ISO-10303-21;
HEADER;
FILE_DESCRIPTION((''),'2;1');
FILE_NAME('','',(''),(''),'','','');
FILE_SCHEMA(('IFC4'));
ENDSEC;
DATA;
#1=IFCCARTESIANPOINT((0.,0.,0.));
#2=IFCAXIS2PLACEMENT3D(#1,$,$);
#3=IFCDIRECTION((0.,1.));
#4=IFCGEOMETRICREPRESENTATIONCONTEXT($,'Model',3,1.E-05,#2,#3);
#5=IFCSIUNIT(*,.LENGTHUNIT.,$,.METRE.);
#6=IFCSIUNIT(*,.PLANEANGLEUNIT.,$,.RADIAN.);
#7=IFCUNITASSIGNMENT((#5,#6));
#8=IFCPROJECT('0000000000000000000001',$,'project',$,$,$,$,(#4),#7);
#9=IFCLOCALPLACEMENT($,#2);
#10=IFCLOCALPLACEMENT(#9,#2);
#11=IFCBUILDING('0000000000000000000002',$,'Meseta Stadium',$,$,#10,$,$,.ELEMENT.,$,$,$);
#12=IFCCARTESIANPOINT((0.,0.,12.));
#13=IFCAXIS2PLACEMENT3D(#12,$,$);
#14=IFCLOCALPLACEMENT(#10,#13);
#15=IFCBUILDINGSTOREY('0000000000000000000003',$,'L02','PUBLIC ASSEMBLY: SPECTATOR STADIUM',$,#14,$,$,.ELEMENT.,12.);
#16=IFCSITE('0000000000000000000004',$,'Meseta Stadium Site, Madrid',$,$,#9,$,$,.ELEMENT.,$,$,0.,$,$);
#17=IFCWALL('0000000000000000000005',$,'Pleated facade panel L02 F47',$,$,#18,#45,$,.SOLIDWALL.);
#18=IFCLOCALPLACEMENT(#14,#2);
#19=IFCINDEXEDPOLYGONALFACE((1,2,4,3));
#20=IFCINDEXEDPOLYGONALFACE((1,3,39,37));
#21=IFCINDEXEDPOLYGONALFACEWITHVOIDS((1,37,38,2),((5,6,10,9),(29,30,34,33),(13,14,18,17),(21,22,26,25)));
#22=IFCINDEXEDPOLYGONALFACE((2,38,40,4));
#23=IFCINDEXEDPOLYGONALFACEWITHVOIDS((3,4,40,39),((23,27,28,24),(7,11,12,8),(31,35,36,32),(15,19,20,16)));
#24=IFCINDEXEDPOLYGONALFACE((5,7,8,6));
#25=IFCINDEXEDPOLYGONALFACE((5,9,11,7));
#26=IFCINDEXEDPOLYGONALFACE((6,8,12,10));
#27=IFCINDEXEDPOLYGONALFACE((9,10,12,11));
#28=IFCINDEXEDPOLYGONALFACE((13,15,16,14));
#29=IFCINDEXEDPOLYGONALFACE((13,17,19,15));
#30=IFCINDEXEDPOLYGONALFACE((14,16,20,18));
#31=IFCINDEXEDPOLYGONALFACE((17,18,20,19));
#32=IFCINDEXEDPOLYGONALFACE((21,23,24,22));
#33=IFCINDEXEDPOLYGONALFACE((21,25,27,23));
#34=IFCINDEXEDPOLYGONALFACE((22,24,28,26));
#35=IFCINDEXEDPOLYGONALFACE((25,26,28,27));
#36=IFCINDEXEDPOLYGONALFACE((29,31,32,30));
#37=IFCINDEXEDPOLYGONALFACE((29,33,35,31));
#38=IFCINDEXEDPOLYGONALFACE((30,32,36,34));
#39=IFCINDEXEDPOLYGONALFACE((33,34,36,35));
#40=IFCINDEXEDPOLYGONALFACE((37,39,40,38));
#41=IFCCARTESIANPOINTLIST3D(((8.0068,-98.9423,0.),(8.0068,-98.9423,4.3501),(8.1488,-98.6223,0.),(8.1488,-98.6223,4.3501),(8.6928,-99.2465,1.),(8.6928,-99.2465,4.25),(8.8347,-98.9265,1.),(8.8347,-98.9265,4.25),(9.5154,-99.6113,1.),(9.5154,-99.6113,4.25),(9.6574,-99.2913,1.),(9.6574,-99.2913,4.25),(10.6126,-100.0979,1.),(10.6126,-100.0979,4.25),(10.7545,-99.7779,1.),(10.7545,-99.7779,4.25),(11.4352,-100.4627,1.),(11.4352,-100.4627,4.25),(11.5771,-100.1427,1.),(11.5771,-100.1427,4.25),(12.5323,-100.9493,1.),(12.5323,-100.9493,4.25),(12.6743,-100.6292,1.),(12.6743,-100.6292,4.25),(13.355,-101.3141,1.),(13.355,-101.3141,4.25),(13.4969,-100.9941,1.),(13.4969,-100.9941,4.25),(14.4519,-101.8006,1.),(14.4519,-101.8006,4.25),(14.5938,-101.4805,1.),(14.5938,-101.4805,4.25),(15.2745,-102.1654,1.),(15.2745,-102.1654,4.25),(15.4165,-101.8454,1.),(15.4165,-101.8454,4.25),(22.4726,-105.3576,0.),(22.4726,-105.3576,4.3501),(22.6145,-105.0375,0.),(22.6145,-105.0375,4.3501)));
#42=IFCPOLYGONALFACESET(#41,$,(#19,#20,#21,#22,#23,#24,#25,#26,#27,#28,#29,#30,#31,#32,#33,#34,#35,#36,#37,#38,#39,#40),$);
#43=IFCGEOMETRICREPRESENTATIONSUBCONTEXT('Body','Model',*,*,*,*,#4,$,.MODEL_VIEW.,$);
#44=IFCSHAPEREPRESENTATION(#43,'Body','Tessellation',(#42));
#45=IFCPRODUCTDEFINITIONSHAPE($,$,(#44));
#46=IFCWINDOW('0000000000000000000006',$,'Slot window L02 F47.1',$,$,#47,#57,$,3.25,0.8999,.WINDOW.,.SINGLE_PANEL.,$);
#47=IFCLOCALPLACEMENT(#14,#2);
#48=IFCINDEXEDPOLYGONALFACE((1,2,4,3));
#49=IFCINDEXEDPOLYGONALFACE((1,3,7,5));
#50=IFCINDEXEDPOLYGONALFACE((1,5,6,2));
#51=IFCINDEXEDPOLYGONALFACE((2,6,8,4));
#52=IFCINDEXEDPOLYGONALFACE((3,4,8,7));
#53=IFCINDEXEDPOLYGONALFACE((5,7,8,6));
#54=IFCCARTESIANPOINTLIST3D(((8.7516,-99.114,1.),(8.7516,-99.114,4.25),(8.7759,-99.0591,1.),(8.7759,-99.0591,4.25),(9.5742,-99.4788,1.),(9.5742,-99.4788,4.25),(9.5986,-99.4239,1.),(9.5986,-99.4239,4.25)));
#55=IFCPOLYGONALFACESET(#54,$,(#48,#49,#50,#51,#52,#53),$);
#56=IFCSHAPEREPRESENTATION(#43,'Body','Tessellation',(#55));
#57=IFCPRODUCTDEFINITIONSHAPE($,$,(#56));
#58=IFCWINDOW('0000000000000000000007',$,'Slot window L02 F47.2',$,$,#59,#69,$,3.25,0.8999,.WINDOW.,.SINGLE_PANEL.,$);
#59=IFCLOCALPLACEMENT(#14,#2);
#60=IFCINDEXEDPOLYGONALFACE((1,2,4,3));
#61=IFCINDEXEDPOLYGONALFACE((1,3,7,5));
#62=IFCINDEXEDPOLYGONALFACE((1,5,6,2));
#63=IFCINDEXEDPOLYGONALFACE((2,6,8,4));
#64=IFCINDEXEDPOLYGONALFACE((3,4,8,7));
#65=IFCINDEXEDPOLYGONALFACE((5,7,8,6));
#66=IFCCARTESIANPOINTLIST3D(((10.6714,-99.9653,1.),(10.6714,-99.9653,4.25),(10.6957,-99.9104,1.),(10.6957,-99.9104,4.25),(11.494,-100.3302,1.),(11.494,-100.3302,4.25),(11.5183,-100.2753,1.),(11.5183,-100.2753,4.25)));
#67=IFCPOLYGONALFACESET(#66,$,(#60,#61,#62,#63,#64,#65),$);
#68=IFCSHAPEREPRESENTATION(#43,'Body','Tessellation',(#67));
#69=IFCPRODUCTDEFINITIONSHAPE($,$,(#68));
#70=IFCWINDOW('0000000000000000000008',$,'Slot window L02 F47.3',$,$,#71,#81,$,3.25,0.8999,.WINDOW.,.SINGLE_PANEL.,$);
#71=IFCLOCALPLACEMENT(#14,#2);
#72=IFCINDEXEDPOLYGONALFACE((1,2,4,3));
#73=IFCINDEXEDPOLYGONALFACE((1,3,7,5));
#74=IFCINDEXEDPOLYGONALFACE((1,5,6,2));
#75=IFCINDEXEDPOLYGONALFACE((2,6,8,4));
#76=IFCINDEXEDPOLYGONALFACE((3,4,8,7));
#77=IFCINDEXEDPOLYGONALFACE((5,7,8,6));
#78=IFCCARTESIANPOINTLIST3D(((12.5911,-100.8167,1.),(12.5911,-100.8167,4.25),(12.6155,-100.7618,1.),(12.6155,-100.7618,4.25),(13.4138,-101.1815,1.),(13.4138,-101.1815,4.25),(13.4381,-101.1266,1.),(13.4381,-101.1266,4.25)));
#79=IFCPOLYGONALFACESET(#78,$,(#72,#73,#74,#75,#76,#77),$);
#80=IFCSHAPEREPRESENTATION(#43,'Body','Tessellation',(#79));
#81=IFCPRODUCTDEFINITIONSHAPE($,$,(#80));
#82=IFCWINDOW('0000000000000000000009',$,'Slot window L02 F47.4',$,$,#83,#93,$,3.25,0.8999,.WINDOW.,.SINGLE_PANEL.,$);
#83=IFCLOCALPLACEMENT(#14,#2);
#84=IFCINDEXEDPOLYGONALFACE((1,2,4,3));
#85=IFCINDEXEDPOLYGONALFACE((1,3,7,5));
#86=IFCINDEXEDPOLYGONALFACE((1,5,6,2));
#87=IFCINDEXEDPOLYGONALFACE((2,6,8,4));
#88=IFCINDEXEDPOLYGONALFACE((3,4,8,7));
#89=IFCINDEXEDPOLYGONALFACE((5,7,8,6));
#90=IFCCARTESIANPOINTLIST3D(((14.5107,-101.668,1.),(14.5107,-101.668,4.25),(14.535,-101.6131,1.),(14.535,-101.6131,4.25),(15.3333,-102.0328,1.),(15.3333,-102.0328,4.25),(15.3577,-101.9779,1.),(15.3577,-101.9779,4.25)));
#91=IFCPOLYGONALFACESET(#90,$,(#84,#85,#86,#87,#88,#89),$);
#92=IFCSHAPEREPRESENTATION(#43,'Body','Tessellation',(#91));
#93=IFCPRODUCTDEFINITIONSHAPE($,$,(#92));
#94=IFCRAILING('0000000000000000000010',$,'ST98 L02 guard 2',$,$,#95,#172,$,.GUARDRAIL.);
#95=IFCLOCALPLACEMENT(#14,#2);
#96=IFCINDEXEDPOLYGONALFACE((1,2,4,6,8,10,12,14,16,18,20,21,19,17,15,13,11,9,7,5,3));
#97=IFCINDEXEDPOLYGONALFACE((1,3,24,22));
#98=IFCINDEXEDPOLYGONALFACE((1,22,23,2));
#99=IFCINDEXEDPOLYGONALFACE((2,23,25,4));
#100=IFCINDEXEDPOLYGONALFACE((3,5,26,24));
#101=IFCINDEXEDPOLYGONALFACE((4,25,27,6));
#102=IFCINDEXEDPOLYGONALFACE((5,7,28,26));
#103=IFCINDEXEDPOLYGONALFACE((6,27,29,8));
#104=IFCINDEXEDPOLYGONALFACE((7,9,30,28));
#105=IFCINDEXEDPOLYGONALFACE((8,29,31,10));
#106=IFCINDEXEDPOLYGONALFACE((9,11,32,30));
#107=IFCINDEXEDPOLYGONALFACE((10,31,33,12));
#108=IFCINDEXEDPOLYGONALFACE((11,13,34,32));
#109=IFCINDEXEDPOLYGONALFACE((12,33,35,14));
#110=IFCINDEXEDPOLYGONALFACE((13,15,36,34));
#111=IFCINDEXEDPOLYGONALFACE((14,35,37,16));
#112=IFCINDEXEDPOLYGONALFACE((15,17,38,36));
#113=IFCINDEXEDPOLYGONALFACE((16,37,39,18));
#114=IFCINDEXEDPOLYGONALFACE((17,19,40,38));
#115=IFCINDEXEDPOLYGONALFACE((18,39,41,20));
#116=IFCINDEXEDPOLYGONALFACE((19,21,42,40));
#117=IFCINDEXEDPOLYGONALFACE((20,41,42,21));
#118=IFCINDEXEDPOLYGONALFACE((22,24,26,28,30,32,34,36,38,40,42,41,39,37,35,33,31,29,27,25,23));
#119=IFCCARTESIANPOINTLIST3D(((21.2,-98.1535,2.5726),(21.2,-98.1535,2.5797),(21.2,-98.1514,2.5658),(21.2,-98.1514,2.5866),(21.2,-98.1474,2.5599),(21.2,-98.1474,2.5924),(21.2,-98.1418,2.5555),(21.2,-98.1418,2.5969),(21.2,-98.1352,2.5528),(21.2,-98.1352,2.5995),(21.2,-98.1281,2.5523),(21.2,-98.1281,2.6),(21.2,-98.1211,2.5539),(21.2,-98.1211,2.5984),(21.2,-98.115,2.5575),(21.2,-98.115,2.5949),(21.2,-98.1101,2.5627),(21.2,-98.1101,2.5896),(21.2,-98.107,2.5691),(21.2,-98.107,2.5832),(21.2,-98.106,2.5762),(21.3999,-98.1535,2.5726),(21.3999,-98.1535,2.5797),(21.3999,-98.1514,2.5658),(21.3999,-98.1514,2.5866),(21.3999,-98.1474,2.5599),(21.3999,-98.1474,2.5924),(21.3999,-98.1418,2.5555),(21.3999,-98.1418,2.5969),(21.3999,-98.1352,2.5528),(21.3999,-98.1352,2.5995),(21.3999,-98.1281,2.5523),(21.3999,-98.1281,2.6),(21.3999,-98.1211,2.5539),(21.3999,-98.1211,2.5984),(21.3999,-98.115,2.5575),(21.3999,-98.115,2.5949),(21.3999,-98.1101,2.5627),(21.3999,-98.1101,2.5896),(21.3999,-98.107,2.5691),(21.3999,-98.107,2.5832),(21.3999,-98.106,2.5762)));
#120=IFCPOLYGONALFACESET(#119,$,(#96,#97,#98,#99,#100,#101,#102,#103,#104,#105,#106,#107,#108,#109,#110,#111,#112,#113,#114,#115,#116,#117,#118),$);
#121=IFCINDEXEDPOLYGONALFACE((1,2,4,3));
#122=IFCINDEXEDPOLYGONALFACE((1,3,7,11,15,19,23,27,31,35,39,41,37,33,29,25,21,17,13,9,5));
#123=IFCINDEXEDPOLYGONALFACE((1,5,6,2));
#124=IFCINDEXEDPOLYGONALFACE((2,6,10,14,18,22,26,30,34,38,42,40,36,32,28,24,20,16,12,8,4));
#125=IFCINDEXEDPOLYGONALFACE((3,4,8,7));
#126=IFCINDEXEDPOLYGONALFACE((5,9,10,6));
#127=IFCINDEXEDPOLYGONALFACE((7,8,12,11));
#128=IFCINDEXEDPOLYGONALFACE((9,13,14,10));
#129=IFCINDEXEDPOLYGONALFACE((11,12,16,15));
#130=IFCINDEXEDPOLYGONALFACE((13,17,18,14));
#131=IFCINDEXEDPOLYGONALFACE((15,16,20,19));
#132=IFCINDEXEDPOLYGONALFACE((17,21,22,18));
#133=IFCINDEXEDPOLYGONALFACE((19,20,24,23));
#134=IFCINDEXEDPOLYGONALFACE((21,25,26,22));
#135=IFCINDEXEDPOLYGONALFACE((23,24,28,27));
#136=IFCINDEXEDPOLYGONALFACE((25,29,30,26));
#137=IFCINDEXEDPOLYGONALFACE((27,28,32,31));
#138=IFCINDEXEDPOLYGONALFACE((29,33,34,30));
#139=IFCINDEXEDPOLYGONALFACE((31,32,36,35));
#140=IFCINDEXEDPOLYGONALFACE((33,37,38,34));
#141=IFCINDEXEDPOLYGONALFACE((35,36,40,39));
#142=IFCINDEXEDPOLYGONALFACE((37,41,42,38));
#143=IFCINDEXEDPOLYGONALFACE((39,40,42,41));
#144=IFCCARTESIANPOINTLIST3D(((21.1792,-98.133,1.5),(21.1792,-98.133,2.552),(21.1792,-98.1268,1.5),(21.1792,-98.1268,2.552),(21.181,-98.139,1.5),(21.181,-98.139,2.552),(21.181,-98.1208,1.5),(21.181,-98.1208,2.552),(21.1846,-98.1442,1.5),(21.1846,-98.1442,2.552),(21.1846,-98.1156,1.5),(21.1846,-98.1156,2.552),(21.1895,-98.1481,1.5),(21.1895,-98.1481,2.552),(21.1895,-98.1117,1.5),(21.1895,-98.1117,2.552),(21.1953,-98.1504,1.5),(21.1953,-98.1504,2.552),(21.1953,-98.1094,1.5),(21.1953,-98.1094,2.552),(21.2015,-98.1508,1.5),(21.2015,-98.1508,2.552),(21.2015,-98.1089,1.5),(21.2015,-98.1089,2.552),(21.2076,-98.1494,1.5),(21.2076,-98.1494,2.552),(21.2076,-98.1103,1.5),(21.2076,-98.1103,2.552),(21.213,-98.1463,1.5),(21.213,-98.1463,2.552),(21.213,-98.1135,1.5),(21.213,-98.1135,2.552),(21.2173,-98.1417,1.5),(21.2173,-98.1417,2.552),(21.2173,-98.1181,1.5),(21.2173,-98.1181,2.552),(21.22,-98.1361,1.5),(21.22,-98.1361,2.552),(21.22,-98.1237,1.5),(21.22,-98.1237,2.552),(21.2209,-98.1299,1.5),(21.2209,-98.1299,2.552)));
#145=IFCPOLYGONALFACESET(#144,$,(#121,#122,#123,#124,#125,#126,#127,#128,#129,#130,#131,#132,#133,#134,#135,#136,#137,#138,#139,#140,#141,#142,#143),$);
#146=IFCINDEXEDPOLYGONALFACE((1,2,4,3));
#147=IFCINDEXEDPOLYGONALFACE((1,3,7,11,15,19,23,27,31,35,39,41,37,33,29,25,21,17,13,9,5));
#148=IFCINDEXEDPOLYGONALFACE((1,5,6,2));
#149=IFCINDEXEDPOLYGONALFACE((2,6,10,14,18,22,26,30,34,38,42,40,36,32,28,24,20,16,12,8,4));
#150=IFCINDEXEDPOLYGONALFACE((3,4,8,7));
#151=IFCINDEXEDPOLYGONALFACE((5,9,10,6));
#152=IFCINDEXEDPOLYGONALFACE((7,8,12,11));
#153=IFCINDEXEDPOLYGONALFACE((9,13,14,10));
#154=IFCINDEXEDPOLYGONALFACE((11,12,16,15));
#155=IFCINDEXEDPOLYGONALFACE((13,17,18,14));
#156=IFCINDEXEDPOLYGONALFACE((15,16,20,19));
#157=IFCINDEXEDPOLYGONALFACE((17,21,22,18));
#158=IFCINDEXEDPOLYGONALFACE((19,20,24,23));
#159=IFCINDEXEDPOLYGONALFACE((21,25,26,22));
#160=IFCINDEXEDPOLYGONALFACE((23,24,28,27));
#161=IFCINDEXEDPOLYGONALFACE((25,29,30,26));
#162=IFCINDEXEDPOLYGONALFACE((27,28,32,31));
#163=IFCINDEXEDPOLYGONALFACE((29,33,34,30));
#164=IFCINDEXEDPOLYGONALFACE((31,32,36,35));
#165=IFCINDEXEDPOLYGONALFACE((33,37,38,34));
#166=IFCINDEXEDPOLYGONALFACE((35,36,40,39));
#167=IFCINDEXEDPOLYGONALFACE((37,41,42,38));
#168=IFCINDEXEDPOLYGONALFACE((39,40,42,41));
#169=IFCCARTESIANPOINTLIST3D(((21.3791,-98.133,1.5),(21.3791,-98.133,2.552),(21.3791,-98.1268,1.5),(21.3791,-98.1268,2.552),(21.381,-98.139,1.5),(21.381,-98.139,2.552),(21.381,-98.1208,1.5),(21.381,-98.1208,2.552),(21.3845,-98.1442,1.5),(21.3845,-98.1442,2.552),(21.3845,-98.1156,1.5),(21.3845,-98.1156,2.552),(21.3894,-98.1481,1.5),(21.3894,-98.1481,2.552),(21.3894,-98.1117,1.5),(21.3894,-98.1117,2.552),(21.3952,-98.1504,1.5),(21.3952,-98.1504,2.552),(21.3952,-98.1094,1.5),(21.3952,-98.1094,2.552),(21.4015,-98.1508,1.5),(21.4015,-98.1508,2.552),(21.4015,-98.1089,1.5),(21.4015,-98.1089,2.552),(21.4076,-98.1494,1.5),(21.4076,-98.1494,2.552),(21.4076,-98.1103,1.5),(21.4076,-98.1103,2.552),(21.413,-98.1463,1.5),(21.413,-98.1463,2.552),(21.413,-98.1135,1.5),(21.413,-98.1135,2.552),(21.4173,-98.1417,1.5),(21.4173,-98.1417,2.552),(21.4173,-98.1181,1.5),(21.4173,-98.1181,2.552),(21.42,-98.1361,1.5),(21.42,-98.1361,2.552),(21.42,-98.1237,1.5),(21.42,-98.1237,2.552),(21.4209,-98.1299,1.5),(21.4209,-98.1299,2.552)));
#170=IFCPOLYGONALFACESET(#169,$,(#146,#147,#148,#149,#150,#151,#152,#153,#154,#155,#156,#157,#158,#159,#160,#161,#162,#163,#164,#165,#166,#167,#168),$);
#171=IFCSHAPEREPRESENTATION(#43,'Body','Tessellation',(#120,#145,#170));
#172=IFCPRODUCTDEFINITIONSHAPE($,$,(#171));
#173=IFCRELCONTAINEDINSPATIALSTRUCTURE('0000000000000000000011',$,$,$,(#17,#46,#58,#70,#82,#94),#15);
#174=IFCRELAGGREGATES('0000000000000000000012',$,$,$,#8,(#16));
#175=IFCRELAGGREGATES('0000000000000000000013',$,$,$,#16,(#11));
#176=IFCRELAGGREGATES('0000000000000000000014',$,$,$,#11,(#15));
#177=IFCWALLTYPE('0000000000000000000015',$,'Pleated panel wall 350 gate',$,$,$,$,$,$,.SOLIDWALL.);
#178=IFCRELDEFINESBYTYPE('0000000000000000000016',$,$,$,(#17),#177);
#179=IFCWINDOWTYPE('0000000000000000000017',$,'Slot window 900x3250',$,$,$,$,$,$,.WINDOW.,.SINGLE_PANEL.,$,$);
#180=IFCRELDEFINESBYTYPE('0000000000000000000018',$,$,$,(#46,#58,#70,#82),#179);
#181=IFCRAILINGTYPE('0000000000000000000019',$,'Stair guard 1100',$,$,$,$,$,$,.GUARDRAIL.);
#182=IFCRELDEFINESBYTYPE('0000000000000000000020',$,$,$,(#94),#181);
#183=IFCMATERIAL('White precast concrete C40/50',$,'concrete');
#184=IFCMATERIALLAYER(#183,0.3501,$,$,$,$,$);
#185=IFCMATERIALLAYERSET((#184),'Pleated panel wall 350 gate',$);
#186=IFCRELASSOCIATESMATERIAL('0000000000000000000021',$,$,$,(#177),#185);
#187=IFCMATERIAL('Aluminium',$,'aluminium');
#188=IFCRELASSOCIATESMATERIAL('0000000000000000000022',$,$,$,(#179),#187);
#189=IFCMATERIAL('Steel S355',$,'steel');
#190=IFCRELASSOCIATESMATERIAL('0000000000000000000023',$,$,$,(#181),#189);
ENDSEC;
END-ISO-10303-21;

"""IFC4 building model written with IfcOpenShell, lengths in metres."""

from ifc_helpers import new_model, si_unit, direction, frame, frame_2d, origin, origin_2d, place, context, subcontext, project, spatial, rectangle, circle, extrude, material, layer, layer_set, type_object, element, fill, save


model = new_model("IFC4")

# Units and contexts
model_context = context("Model", 3, precision=1e-05, world=origin(), true_north=direction((0.0, 1.0)))
body_context = subcontext(model_context, "Body", "Model", "MODEL_VIEW")
ifc_project = project(units=[si_unit("LENGTHUNIT", "METRE"), si_unit("PLANEANGLEUNIT", "RADIAN")], contexts=[model_context])

# Site, building, storey
site_placement = place(None, origin())
site = spatial("IfcSite", under=ifc_project, at=site_placement, Name="Meseta Stadium Site, Madrid", CompositionType="ELEMENT", RefElevation=0.0)
building_placement = place(site_placement, origin())
building = spatial("IfcBuilding", under=site, at=building_placement, Name="Meseta Stadium", CompositionType="ELEMENT")
storey_placement = place(building_placement, frame((0.0, 0.0, 12.0)))
storey = spatial("IfcBuildingStorey", under=building, at=storey_placement, Name="L02", Description="PUBLIC ASSEMBLY: SPECTATOR STADIUM", CompositionType="ELEMENT", Elevation=12.0)

# Wall, openings, windows
ifc_material_1 = material(Name="White precast concrete C40/50", Category="concrete")
ifc_layer_1 = layer(ifc_material_1, 0.3501)
ifc_layer_set_1 = layer_set([ifc_layer_1], Name="Pleated panel wall 350 gate")
wall_type_1 = type_object("IfcWallType", Name="Pleated panel wall 350 gate", PredefinedType="SOLIDWALL", material=ifc_layer_set_1)
wall_1_placement = place(storey_placement, frame((22.5435, -105.1975, 0.0), z_axis=(0.0, 0.0, 1.0), x_axis=(-0.914139, 0.405401, 0.0)))
wall_1 = element("IfcWall", 1, at=wall_1_placement, inside=storey, type_object=wall_type_1, Name="Pleated facade panel L02 F47", PredefinedType="SOLIDWALL", context=body_context, shape_type="SweptSolid", body=[
    extrude(rectangle(XDim=15.8245, YDim=0.3501, at=frame_2d((7.9121, 0.0))), origin(), (0.0, 0.0, 1.0), 4.3501),
])
opening_1_placement = place(wall_1_placement, frame((14.1741, 0.0, 1.0)))
opening_1 = element("IfcOpeningElement", 2, at=opening_1_placement, cuts=wall_1, PredefinedType="OPENING", context=body_context, shape_type="SweptSolid", body=[
    extrude(rectangle(XDim=0.8999, YDim=3.25, at=frame_2d((0.45, 1.625))), frame((0.0, 0.1851, 0.0), z_axis=(0.0, -1.0, 0.0), x_axis=(1.0, 0.0, 0.0)), (0.0, 0.0, 1.0), 0.3701),
])
opening_2_placement = place(wall_1_placement, frame((12.074, 0.0, 1.0)))
opening_2 = element("IfcOpeningElement", 3, at=opening_2_placement, cuts=wall_1, PredefinedType="OPENING", context=body_context, shape_type="SweptSolid", body=[
    extrude(rectangle(XDim=0.8999, YDim=3.25, at=frame_2d((0.45, 1.625))), frame((0.0, 0.1851, 0.0), z_axis=(0.0, -1.0, 0.0), x_axis=(1.0, 0.0, 0.0)), (0.0, 0.0, 1.0), 0.3701),
])
opening_3_placement = place(wall_1_placement, frame((9.9739, 0.0, 1.0)))
opening_3 = element("IfcOpeningElement", 4, at=opening_3_placement, cuts=wall_1, PredefinedType="OPENING", context=body_context, shape_type="SweptSolid", body=[
    extrude(rectangle(XDim=0.8999, YDim=3.25, at=frame_2d((0.45, 1.625))), frame((0.0, 0.1851, 0.0), z_axis=(0.0, -1.0, 0.0), x_axis=(1.0, 0.0, 0.0)), (0.0, 0.0, 1.0), 0.3701),
])
opening_4_placement = place(wall_1_placement, frame((7.874, 0.0, 1.0)))
opening_4 = element("IfcOpeningElement", 5, at=opening_4_placement, cuts=wall_1, PredefinedType="OPENING", context=body_context, shape_type="SweptSolid", body=[
    extrude(rectangle(XDim=0.8999, YDim=3.25, at=frame_2d((0.45, 1.625))), frame((0.0, 0.1851, 0.0), z_axis=(0.0, -1.0, 0.0), x_axis=(1.0, 0.0, 0.0)), (0.0, 0.0, 1.0), 0.3701),
])
ifc_material_2 = material(Name="Aluminium", Category="aluminium")
window_type = type_object("IfcWindowType", Name="Slot window 900x3250", PartitioningType="SINGLE_PANEL", PredefinedType="WINDOW", material=ifc_material_2)
window_1_placement = place(opening_1_placement, origin())
window_1 = element("IfcWindow", 6, at=window_1_placement, inside=storey, type_object=window_type, Name="Slot window L02 F47.1", OverallHeight=3.25, OverallWidth=0.8999, PartitioningType="SINGLE_PANEL", PredefinedType="WINDOW", context=body_context, shape_type="SweptSolid", body=[
    extrude(rectangle(XDim=0.8999, YDim=3.25, at=frame_2d((0.45, 1.625))), frame((0.0, 0.03, 0.0), z_axis=(0.0, -1.0, 0.0), x_axis=(1.0, 0.0, 0.0)), (0.0, 0.0, 1.0), 0.0601),
])
fill(opening_1, window_1)
window_2_placement = place(opening_2_placement, origin())
window_2 = element("IfcWindow", 7, at=window_2_placement, inside=storey, type_object=window_type, Name="Slot window L02 F47.2", OverallHeight=3.25, OverallWidth=0.8999, PartitioningType="SINGLE_PANEL", PredefinedType="WINDOW", context=body_context, shape_type="SweptSolid", body=[
    extrude(rectangle(XDim=0.8999, YDim=3.25, at=frame_2d((0.45, 1.625))), frame((0.0, 0.03, 0.0), z_axis=(0.0, -1.0, 0.0), x_axis=(1.0, 0.0, 0.0)), (0.0, 0.0, 1.0), 0.0601),
])
fill(opening_2, window_2)
window_3_placement = place(opening_3_placement, origin())
window_3 = element("IfcWindow", 8, at=window_3_placement, inside=storey, type_object=window_type, Name="Slot window L02 F47.3", OverallHeight=3.25, OverallWidth=0.8999, PartitioningType="SINGLE_PANEL", PredefinedType="WINDOW", context=body_context, shape_type="SweptSolid", body=[
    extrude(rectangle(XDim=0.8999, YDim=3.25, at=frame_2d((0.45, 1.625))), frame((0.0, 0.03, 0.0), z_axis=(0.0, -1.0, 0.0), x_axis=(1.0, 0.0, 0.0)), (0.0, 0.0, 1.0), 0.0601),
])
fill(opening_3, window_3)
window_4_placement = place(opening_4_placement, origin())
window_4 = element("IfcWindow", 9, at=window_4_placement, inside=storey, type_object=window_type, Name="Slot window L02 F47.4", OverallHeight=3.25, OverallWidth=0.8999, PartitioningType="SINGLE_PANEL", PredefinedType="WINDOW", context=body_context, shape_type="SweptSolid", body=[
    extrude(rectangle(XDim=0.8999, YDim=3.25, at=frame_2d((0.45, 1.625))), frame((0.0, 0.03, 0.0), z_axis=(0.0, -1.0, 0.0), x_axis=(1.0, 0.0, 0.0)), (0.0, 0.0, 1.0), 0.0601),
])
fill(opening_4, window_4)

# Railing
ifc_material_3 = material(Name="Steel S355", Category="steel")
railing_type = type_object("IfcRailingType", Name="Stair guard 1100", PredefinedType="GUARDRAIL", material=ifc_material_3)
for number, where, name in (
    (10, (21.2, -98.1299, 1.5), "ST98 L02 guard 2"),
):
    element("IfcRailing", number, at=place(storey_placement, frame(where)), inside=storey, type_object=railing_type, Name=name, PredefinedType="GUARDRAIL", context=body_context, shape_type="SweptSolid", body=[
        extrude(circle(Radius=0.0239, at=origin_2d()), frame((0.0, 0.0, 1.0762), z_axis=(1.0, 0.0, 0.0), x_axis=(0.0, 1.0, 0.0)), (0.0, 0.0, 1.0), 0.2),
        extrude(circle(Radius=0.021, at=origin_2d()), origin(), (0.0, 0.0, 1.0), 1.052),
        extrude(circle(Radius=0.021, at=origin_2d()), frame((0.2, 0.0, 0.0)), (0.0, 0.0, 1.0), 1.052),
    ])

save(model, "model.ifc")
